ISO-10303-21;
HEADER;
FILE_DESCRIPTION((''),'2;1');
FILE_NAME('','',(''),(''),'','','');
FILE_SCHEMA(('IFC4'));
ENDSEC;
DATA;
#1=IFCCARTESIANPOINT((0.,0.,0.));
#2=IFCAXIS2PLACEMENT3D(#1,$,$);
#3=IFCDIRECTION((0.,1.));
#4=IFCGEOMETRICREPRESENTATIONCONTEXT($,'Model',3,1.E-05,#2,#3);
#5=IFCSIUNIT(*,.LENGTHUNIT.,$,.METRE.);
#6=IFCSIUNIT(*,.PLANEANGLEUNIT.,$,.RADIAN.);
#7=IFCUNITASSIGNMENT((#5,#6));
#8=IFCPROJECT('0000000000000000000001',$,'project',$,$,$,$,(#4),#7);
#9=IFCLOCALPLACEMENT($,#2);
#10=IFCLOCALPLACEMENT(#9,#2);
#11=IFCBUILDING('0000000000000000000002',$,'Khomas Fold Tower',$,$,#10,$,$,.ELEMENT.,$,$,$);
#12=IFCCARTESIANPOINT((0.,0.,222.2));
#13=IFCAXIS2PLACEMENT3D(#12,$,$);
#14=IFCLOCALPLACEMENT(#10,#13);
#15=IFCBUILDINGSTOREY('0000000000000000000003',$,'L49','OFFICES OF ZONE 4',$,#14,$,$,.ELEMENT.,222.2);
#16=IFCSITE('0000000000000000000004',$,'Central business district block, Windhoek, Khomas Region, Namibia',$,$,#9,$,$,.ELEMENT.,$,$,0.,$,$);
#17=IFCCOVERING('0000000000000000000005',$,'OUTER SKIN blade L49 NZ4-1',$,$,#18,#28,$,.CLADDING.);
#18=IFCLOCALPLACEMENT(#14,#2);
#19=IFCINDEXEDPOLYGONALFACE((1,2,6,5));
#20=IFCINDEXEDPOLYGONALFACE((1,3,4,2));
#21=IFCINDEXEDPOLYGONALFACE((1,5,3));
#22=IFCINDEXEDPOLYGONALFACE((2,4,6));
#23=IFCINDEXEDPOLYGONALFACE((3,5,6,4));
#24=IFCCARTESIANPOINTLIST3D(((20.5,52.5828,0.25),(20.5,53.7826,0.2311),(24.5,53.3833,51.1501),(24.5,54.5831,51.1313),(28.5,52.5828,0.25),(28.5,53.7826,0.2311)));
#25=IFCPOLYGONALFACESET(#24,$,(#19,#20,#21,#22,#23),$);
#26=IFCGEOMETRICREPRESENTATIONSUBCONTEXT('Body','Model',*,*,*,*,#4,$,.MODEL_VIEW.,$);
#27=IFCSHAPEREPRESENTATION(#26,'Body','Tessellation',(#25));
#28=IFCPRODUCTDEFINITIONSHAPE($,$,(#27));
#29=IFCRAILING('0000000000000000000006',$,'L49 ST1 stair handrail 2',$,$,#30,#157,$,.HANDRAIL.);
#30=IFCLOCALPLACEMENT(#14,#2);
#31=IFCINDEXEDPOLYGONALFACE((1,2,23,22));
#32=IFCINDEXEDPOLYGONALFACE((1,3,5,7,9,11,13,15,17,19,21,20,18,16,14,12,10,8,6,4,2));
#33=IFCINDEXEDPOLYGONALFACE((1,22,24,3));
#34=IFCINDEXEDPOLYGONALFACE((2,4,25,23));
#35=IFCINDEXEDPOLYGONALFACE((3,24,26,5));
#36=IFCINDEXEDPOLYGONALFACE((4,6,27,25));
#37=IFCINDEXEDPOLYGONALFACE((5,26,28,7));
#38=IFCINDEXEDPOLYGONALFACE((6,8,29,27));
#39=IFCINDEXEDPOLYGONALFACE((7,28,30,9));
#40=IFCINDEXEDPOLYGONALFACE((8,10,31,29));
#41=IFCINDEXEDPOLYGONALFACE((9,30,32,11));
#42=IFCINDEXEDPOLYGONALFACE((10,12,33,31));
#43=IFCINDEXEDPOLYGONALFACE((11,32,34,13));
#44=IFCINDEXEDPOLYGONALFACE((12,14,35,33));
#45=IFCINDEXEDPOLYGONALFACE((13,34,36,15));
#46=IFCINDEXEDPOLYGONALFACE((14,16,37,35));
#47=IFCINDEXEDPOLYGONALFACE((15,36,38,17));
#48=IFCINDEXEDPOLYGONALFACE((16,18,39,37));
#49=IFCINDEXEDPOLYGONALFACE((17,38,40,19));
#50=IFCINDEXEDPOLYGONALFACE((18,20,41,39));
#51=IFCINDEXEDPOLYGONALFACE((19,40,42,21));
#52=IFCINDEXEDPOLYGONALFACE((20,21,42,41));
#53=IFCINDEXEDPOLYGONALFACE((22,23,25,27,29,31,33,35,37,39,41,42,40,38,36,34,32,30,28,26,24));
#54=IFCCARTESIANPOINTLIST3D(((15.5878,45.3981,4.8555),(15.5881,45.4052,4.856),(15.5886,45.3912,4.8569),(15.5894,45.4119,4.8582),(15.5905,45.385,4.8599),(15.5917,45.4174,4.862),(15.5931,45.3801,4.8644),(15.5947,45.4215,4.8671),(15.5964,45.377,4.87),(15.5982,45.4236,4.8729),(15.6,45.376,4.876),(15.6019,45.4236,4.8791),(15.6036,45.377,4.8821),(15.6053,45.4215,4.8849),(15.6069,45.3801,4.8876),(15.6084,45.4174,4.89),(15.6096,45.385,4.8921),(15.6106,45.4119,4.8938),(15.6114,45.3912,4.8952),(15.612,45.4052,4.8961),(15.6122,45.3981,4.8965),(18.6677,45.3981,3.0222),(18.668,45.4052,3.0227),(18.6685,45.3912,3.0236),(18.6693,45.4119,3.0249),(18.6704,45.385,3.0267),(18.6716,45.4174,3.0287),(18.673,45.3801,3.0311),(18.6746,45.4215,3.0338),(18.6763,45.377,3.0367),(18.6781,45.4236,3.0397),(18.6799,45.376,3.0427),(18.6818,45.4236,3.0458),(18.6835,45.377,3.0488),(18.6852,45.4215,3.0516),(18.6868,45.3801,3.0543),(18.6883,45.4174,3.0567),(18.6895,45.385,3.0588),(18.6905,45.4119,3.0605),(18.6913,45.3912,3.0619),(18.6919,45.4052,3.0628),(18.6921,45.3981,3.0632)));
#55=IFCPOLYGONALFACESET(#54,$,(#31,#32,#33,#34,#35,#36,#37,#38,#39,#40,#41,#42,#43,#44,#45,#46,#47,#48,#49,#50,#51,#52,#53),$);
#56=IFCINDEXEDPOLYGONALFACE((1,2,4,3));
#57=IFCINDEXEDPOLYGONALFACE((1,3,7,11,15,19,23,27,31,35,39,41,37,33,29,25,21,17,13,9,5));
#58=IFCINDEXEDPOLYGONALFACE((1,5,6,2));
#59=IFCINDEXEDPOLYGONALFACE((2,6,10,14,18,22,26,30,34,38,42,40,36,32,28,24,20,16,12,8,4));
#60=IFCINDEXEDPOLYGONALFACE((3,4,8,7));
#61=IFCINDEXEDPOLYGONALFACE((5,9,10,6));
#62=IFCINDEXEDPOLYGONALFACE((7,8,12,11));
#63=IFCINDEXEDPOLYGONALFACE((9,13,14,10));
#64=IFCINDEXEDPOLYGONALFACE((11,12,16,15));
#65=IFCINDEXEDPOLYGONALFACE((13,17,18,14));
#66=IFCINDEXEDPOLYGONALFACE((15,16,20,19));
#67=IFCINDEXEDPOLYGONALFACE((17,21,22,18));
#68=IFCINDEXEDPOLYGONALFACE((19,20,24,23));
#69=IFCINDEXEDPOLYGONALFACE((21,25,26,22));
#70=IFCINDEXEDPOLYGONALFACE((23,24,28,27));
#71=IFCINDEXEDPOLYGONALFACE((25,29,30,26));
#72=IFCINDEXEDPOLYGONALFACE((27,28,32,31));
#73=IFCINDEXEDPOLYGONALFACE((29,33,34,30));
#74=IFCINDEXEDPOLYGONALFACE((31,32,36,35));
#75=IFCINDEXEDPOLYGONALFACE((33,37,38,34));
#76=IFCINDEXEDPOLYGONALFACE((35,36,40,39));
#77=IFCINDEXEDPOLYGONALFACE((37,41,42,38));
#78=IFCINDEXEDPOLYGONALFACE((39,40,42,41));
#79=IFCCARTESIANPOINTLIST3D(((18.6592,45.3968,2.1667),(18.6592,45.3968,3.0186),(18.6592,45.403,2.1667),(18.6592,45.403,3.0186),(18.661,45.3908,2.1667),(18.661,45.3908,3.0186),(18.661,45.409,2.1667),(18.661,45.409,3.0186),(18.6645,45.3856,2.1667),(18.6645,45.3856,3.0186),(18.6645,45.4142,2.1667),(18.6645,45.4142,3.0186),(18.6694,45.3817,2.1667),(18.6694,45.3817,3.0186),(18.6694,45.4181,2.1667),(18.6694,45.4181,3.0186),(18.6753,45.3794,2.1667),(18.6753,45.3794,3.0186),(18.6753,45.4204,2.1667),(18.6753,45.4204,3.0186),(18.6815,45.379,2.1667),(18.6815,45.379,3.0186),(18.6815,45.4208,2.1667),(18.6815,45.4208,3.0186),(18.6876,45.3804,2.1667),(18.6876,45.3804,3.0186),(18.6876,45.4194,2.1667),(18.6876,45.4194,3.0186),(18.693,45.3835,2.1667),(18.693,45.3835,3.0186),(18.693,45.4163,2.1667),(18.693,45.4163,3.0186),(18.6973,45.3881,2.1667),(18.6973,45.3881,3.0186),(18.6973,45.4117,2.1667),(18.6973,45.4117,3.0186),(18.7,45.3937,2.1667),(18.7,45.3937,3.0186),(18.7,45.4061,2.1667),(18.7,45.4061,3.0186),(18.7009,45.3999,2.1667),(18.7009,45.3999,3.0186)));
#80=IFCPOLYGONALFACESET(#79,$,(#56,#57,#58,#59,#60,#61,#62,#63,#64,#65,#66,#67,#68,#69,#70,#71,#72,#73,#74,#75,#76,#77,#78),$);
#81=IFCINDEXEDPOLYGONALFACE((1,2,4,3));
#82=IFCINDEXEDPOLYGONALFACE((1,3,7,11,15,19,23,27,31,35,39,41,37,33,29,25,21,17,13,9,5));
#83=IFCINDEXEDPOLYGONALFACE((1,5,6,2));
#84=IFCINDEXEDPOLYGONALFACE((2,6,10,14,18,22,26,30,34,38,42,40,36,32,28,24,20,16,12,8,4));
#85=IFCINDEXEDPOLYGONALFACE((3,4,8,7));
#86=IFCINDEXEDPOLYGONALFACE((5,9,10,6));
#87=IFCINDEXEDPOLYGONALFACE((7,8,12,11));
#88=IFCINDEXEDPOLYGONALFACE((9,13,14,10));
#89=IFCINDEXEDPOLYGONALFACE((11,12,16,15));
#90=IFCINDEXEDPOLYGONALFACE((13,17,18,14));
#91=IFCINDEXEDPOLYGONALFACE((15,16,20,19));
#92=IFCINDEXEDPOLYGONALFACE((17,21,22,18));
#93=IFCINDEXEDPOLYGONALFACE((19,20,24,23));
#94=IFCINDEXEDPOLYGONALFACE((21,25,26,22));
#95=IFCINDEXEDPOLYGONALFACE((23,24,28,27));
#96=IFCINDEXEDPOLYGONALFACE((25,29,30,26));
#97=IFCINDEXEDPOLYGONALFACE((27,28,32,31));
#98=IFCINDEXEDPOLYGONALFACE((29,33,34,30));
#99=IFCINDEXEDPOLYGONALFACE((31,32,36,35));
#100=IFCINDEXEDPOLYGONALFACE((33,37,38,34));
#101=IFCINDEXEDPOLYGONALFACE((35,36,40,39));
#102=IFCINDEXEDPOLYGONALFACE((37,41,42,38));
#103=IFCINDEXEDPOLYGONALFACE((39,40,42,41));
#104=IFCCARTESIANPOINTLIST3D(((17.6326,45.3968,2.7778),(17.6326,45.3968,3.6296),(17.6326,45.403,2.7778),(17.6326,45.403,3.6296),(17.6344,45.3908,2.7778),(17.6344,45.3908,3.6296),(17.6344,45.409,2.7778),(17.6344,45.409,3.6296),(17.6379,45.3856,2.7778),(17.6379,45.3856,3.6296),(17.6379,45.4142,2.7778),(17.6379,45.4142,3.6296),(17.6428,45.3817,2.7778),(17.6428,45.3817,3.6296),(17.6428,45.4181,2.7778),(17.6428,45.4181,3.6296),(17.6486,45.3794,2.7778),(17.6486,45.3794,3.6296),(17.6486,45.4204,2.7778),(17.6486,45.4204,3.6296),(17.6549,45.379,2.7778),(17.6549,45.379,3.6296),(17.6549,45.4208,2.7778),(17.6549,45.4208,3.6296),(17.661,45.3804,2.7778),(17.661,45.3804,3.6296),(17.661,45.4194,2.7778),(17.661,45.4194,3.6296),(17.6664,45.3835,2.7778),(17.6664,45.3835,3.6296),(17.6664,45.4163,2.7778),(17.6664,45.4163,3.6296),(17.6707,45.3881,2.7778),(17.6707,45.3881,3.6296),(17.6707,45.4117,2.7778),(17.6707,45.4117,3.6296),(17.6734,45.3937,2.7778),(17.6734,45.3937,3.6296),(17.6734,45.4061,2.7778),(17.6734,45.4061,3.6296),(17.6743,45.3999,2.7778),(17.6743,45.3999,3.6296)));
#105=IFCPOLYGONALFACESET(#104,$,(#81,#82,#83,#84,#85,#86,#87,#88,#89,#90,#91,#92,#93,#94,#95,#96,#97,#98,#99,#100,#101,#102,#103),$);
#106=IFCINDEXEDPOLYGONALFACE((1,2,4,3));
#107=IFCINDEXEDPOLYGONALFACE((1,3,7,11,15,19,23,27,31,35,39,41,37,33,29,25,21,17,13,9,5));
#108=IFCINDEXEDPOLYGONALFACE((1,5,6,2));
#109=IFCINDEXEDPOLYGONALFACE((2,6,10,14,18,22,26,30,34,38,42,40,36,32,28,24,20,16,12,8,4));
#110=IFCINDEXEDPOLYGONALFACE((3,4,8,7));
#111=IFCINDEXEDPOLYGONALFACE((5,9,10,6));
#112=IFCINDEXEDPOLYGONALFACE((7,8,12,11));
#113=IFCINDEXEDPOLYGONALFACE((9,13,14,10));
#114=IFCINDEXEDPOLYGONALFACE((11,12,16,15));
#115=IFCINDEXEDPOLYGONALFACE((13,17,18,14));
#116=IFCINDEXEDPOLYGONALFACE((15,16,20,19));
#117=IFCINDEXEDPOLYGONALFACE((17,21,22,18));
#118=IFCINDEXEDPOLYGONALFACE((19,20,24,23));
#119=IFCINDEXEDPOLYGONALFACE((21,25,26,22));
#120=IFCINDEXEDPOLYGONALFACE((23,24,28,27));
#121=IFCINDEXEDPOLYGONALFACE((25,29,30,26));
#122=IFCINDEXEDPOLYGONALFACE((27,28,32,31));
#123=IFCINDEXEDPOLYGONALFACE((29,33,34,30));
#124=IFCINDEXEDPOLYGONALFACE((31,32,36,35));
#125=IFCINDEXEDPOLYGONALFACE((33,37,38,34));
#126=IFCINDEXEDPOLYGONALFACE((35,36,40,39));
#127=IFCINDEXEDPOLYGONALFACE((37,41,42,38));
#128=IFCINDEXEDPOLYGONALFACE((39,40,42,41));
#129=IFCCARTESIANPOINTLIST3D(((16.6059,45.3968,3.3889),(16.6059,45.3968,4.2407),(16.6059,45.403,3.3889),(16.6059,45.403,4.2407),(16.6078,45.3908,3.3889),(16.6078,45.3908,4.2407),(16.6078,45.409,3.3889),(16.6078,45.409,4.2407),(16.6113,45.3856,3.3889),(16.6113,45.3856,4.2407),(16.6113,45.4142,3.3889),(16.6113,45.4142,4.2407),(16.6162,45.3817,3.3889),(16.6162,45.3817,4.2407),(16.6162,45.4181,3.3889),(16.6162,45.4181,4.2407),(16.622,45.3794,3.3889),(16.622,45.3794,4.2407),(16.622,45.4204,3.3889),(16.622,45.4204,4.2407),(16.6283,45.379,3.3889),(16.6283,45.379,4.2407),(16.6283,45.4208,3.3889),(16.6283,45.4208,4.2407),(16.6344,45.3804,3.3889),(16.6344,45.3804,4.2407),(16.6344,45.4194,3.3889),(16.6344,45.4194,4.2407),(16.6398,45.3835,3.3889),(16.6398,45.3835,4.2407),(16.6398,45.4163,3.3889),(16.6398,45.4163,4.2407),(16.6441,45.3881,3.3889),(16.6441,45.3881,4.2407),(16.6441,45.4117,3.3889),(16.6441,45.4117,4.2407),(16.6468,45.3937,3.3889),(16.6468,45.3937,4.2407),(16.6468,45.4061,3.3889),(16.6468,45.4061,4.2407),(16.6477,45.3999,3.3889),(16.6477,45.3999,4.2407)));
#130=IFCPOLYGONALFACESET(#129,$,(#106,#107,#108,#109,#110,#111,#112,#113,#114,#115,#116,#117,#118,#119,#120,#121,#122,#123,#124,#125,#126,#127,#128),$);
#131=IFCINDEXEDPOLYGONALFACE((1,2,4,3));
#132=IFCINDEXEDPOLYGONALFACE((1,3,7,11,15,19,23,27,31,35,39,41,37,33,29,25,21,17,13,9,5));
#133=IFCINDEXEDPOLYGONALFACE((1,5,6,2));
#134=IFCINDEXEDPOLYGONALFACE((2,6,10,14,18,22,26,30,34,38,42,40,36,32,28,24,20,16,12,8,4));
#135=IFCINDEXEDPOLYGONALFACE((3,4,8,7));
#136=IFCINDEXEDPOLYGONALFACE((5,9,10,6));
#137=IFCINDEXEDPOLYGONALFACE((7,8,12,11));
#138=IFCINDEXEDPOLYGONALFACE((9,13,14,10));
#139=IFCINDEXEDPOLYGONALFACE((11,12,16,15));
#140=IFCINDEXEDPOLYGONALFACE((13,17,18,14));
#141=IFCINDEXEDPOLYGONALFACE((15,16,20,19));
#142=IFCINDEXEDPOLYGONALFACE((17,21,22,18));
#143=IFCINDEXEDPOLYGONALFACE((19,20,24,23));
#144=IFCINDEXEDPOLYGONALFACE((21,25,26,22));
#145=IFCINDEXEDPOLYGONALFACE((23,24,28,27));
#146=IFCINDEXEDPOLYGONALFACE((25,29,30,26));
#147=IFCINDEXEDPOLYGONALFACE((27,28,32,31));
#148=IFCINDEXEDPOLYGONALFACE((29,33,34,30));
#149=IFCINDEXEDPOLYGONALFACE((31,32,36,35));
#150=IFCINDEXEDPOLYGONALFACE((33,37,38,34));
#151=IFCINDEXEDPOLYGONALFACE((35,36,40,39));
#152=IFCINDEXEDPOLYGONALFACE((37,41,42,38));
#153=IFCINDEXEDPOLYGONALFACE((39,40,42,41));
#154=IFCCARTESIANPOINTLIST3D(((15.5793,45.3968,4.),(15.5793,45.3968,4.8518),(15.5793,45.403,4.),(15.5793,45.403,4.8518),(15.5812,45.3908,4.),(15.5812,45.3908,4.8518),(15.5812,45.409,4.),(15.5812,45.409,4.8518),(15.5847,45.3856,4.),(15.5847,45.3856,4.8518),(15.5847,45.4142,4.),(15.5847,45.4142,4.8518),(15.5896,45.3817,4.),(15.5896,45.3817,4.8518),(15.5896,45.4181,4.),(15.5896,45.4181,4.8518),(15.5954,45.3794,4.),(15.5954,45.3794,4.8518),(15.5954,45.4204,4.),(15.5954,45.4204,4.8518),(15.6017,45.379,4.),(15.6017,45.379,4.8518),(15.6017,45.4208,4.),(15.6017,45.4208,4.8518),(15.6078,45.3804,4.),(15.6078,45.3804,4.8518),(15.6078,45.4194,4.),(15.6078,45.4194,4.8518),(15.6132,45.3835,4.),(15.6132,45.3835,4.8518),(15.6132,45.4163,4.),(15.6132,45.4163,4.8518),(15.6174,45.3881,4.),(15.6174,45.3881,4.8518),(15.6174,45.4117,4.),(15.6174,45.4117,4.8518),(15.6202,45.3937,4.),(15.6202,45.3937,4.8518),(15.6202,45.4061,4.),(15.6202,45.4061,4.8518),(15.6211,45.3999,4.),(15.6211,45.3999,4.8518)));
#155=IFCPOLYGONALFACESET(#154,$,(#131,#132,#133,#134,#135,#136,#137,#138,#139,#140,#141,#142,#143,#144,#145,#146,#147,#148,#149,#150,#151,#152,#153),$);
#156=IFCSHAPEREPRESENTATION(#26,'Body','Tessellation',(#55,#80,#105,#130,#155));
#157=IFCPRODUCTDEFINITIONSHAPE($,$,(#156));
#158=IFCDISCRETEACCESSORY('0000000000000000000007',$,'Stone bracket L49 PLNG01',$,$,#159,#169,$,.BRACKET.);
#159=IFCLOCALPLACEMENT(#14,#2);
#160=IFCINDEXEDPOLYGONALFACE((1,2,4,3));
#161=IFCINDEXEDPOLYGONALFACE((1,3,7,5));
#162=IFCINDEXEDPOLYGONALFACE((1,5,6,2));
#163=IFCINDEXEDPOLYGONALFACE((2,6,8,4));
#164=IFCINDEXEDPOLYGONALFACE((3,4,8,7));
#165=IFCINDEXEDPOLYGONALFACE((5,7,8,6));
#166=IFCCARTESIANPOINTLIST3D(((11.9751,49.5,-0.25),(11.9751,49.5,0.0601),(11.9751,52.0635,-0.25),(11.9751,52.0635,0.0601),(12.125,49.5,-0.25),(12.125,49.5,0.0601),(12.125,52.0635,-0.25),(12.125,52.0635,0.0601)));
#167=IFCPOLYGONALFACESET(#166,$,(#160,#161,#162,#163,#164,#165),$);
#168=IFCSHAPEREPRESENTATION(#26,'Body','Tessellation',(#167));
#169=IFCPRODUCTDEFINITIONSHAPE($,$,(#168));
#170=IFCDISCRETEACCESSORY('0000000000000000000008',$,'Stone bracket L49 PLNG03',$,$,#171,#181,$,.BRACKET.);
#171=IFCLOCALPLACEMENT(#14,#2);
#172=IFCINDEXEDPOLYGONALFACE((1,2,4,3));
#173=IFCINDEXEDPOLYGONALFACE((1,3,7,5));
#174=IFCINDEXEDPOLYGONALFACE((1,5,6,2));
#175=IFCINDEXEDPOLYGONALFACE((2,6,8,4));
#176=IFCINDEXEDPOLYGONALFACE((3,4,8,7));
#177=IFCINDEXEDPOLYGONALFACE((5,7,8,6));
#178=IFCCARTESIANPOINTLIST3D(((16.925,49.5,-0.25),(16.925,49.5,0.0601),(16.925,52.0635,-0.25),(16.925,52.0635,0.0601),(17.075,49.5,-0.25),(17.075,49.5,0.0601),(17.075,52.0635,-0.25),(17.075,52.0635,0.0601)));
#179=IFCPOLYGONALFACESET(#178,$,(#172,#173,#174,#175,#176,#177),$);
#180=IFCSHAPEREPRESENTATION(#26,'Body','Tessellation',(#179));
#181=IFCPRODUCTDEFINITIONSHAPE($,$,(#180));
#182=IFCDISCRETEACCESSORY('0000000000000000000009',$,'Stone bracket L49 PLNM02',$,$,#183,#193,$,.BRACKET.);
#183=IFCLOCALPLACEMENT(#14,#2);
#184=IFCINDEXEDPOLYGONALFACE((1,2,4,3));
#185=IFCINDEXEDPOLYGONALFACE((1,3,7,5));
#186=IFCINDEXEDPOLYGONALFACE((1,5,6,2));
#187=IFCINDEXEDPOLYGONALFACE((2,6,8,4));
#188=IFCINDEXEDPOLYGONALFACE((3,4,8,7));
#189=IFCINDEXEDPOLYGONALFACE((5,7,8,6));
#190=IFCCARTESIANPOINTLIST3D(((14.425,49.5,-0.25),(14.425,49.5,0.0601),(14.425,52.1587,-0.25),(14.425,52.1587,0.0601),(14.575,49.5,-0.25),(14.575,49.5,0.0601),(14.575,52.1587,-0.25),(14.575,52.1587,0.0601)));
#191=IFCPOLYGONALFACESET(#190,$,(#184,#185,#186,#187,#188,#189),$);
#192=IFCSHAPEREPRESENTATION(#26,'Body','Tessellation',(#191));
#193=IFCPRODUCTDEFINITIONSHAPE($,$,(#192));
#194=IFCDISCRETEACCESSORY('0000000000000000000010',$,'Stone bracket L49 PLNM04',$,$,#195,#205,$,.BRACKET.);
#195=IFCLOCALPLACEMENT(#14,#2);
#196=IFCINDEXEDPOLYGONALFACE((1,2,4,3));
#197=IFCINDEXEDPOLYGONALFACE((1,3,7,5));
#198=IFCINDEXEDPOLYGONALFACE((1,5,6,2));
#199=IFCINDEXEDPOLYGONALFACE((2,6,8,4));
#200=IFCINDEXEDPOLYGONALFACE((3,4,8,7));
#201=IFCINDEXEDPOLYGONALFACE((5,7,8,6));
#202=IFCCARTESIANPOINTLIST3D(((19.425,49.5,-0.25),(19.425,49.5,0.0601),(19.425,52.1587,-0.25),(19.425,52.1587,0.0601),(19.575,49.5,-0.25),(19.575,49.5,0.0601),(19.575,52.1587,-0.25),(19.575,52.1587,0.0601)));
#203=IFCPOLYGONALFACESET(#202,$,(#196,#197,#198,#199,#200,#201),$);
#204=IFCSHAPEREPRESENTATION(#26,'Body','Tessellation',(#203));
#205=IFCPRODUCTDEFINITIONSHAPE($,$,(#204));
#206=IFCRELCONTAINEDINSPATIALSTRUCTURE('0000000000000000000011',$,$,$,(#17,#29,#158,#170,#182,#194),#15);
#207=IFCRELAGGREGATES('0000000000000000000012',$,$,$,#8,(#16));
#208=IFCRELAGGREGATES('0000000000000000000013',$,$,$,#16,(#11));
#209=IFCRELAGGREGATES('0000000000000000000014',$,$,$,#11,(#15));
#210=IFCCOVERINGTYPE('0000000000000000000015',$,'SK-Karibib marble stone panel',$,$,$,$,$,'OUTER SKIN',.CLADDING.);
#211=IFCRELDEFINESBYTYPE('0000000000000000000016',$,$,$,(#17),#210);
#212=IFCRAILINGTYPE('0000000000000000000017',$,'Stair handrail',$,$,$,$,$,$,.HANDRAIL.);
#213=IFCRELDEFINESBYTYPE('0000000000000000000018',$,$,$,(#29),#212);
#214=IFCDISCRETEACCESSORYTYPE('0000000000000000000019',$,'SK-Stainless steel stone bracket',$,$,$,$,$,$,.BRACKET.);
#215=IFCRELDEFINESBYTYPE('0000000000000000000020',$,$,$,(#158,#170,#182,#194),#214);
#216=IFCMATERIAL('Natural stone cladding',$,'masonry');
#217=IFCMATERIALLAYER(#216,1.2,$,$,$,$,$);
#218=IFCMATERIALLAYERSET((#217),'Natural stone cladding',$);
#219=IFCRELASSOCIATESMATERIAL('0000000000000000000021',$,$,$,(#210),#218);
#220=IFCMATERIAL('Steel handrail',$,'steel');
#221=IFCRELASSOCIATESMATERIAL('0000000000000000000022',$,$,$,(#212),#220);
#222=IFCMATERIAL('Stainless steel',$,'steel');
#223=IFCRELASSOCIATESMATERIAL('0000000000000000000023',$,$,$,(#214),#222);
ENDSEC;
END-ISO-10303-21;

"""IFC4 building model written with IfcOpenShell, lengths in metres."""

from ifc_helpers import new_model, si_unit, direction, frame, origin, origin_2d, place, context, subcontext, project, spatial, polyline, rectangle, circle, outline, extrude, source, transform, mapped, material, layer, layer_set, type_object, element, save


model = new_model("IFC4")

# Units and contexts
model_context = context("Model", 3, precision=1e-05, world=origin(), true_north=direction((0.0, 1.0)))
body_context = subcontext(model_context, "Body", "Model", "MODEL_VIEW")
ifc_project = project(units=[si_unit("LENGTHUNIT", "METRE"), si_unit("PLANEANGLEUNIT", "RADIAN")], contexts=[model_context])

# Site, building, storey
site_placement = place(None, origin())
site = spatial("IfcSite", under=ifc_project, at=site_placement, Name="Central business district block, Windhoek, Khomas Region, Namibia", CompositionType="ELEMENT", RefElevation=0.0)
building_placement = place(site_placement, origin())
building = spatial("IfcBuilding", under=site, at=building_placement, Name="Khomas Fold Tower", CompositionType="ELEMENT")
storey_placement = place(building_placement, frame((0.0, 0.0, 222.2)))
storey = spatial("IfcBuildingStorey", under=building, at=storey_placement, Name="L49", Description="OFFICES OF ZONE 4", CompositionType="ELEMENT", Elevation=222.2)

# Covering
ifc_material_1 = material(Name="Natural stone cladding", Category="masonry")
ifc_layer_1 = layer(ifc_material_1, 1.2)
ifc_layer_set_1 = layer_set([ifc_layer_1], Name="Natural stone cladding")
covering_type_1 = type_object("IfcCoveringType", Name="SK-Karibib marble stone panel", ElementType="OUTER SKIN", PredefinedType="CLADDING", material=ifc_layer_set_1)
covering_placement = place(storey_placement, frame((20.5, 52.5828, 0.25), z_axis=(0.0, -0.999876, 0.015726), x_axis=(1.0, 0.0, 0.0)))
element("IfcCovering", 1, at=covering_placement, inside=storey, type_object=covering_type_1, Name="OUTER SKIN blade L49 NZ4-1", PredefinedType="CLADDING", context=body_context, shape_type="SweptSolid", body=[
    extrude(outline(polyline([(0.0, 0.0), (8.0, 0.0), (4.0, 50.9064), (0.0, 0.0)])), origin(), (0.0, 0.0, -1.0), 1.2),
])

# Railing
ifc_material_2 = material(Name="Steel handrail", Category="steel")
railing_type_1 = type_object("IfcRailingType", Name="Stair handrail", PredefinedType="HANDRAIL", material=ifc_material_2)
shared_shape_1 = source(origin(), body_context, "Body", "SweptSolid", [
    extrude(circle(Radius=0.0239, at=origin_2d()), frame((0.0, 0.0, 0.876), z_axis=(-0.859291, 0.0, 0.511487), x_axis=(0.0, -1.0, 0.0)), (0.0, 0.0, 1.0), 3.5842),
    extrude(circle(Radius=0.021, at=origin_2d()), origin(), (0.0, 0.0, 1.0), 0.8518),
    extrude(circle(Radius=0.021, at=origin_2d()), frame((-1.0266, 0.0, 0.6111)), (0.0, 0.0, 1.0), 0.8518),
    extrude(circle(Radius=0.021, at=origin_2d()), frame((-2.0532, 0.0, 1.2222)), (0.0, 0.0, 1.0), 0.8518),
    extrude(circle(Radius=0.021, at=origin_2d()), frame((-3.0798, 0.0, 1.8333)), (0.0, 0.0, 1.0), 0.8518),
])
railing_1_placement = place(storey_placement, frame((18.6799, 45.3999, 2.1667)))
element("IfcRailing", 2, at=railing_1_placement, inside=storey, type_object=railing_type_1, Name="L49 ST1 stair handrail 2", PredefinedType="HANDRAIL", context=body_context, shape_type="MappedRepresentation", body=[
    mapped(shared_shape_1, transform((0.0, 0.0, 0.0))),
])

# Discrete accessories
ifc_material_3 = material(Name="Stainless steel", Category="steel")
discrete_accessory_type = type_object("IfcDiscreteAccessoryType", Name="SK-Stainless steel stone bracket", PredefinedType="BRACKET", material=ifc_material_3)
shared_shape_2 = source(origin(), body_context, "Body", "SweptSolid", [
    extrude(rectangle(XDim=2.5635, YDim=0.1499, at=origin_2d()), origin(), (0.0, 0.0, 1.0), 0.3101),
])
for number, where, z_axis, x_axis, name in (
    (3, (12.05, 50.7817, -0.25), (0.0, 0.0, 1.0), (0.0, 1.0, 0.0), "Stone bracket L49 PLNG01"),
    (4, (17.0, 50.7817, -0.25), (0.0, 0.0, 1.0), (0.0, 1.0, 0.0), "Stone bracket L49 PLNG03"),
):
    element("IfcDiscreteAccessory", number, at=place(storey_placement, frame(where, z_axis=z_axis, x_axis=x_axis)), inside=storey, type_object=discrete_accessory_type, Name=name, PredefinedType="BRACKET", context=body_context, shape_type="MappedRepresentation", body=[
        mapped(shared_shape_2, transform((0.0, 0.0, 0.0))),
    ])
shared_shape_3 = source(origin(), body_context, "Body", "SweptSolid", [
    extrude(rectangle(XDim=2.6587, YDim=0.1499, at=origin_2d()), origin(), (0.0, 0.0, 1.0), 0.3101),
])
for number, where, z_axis, x_axis, name in (
    (5, (14.5, 50.8293, -0.25), (0.0, 0.0, 1.0), (0.0, 1.0, 0.0), "Stone bracket L49 PLNM02"),
    (6, (19.5, 50.8293, -0.25), (0.0, 0.0, 1.0), (0.0, 1.0, 0.0), "Stone bracket L49 PLNM04"),
):
    element("IfcDiscreteAccessory", number, at=place(storey_placement, frame(where, z_axis=z_axis, x_axis=x_axis)), inside=storey, type_object=discrete_accessory_type, Name=name, PredefinedType="BRACKET", context=body_context, shape_type="MappedRepresentation", body=[
        mapped(shared_shape_3, transform((0.0, 0.0, 0.0))),
    ])

save(model, "model.ifc")
